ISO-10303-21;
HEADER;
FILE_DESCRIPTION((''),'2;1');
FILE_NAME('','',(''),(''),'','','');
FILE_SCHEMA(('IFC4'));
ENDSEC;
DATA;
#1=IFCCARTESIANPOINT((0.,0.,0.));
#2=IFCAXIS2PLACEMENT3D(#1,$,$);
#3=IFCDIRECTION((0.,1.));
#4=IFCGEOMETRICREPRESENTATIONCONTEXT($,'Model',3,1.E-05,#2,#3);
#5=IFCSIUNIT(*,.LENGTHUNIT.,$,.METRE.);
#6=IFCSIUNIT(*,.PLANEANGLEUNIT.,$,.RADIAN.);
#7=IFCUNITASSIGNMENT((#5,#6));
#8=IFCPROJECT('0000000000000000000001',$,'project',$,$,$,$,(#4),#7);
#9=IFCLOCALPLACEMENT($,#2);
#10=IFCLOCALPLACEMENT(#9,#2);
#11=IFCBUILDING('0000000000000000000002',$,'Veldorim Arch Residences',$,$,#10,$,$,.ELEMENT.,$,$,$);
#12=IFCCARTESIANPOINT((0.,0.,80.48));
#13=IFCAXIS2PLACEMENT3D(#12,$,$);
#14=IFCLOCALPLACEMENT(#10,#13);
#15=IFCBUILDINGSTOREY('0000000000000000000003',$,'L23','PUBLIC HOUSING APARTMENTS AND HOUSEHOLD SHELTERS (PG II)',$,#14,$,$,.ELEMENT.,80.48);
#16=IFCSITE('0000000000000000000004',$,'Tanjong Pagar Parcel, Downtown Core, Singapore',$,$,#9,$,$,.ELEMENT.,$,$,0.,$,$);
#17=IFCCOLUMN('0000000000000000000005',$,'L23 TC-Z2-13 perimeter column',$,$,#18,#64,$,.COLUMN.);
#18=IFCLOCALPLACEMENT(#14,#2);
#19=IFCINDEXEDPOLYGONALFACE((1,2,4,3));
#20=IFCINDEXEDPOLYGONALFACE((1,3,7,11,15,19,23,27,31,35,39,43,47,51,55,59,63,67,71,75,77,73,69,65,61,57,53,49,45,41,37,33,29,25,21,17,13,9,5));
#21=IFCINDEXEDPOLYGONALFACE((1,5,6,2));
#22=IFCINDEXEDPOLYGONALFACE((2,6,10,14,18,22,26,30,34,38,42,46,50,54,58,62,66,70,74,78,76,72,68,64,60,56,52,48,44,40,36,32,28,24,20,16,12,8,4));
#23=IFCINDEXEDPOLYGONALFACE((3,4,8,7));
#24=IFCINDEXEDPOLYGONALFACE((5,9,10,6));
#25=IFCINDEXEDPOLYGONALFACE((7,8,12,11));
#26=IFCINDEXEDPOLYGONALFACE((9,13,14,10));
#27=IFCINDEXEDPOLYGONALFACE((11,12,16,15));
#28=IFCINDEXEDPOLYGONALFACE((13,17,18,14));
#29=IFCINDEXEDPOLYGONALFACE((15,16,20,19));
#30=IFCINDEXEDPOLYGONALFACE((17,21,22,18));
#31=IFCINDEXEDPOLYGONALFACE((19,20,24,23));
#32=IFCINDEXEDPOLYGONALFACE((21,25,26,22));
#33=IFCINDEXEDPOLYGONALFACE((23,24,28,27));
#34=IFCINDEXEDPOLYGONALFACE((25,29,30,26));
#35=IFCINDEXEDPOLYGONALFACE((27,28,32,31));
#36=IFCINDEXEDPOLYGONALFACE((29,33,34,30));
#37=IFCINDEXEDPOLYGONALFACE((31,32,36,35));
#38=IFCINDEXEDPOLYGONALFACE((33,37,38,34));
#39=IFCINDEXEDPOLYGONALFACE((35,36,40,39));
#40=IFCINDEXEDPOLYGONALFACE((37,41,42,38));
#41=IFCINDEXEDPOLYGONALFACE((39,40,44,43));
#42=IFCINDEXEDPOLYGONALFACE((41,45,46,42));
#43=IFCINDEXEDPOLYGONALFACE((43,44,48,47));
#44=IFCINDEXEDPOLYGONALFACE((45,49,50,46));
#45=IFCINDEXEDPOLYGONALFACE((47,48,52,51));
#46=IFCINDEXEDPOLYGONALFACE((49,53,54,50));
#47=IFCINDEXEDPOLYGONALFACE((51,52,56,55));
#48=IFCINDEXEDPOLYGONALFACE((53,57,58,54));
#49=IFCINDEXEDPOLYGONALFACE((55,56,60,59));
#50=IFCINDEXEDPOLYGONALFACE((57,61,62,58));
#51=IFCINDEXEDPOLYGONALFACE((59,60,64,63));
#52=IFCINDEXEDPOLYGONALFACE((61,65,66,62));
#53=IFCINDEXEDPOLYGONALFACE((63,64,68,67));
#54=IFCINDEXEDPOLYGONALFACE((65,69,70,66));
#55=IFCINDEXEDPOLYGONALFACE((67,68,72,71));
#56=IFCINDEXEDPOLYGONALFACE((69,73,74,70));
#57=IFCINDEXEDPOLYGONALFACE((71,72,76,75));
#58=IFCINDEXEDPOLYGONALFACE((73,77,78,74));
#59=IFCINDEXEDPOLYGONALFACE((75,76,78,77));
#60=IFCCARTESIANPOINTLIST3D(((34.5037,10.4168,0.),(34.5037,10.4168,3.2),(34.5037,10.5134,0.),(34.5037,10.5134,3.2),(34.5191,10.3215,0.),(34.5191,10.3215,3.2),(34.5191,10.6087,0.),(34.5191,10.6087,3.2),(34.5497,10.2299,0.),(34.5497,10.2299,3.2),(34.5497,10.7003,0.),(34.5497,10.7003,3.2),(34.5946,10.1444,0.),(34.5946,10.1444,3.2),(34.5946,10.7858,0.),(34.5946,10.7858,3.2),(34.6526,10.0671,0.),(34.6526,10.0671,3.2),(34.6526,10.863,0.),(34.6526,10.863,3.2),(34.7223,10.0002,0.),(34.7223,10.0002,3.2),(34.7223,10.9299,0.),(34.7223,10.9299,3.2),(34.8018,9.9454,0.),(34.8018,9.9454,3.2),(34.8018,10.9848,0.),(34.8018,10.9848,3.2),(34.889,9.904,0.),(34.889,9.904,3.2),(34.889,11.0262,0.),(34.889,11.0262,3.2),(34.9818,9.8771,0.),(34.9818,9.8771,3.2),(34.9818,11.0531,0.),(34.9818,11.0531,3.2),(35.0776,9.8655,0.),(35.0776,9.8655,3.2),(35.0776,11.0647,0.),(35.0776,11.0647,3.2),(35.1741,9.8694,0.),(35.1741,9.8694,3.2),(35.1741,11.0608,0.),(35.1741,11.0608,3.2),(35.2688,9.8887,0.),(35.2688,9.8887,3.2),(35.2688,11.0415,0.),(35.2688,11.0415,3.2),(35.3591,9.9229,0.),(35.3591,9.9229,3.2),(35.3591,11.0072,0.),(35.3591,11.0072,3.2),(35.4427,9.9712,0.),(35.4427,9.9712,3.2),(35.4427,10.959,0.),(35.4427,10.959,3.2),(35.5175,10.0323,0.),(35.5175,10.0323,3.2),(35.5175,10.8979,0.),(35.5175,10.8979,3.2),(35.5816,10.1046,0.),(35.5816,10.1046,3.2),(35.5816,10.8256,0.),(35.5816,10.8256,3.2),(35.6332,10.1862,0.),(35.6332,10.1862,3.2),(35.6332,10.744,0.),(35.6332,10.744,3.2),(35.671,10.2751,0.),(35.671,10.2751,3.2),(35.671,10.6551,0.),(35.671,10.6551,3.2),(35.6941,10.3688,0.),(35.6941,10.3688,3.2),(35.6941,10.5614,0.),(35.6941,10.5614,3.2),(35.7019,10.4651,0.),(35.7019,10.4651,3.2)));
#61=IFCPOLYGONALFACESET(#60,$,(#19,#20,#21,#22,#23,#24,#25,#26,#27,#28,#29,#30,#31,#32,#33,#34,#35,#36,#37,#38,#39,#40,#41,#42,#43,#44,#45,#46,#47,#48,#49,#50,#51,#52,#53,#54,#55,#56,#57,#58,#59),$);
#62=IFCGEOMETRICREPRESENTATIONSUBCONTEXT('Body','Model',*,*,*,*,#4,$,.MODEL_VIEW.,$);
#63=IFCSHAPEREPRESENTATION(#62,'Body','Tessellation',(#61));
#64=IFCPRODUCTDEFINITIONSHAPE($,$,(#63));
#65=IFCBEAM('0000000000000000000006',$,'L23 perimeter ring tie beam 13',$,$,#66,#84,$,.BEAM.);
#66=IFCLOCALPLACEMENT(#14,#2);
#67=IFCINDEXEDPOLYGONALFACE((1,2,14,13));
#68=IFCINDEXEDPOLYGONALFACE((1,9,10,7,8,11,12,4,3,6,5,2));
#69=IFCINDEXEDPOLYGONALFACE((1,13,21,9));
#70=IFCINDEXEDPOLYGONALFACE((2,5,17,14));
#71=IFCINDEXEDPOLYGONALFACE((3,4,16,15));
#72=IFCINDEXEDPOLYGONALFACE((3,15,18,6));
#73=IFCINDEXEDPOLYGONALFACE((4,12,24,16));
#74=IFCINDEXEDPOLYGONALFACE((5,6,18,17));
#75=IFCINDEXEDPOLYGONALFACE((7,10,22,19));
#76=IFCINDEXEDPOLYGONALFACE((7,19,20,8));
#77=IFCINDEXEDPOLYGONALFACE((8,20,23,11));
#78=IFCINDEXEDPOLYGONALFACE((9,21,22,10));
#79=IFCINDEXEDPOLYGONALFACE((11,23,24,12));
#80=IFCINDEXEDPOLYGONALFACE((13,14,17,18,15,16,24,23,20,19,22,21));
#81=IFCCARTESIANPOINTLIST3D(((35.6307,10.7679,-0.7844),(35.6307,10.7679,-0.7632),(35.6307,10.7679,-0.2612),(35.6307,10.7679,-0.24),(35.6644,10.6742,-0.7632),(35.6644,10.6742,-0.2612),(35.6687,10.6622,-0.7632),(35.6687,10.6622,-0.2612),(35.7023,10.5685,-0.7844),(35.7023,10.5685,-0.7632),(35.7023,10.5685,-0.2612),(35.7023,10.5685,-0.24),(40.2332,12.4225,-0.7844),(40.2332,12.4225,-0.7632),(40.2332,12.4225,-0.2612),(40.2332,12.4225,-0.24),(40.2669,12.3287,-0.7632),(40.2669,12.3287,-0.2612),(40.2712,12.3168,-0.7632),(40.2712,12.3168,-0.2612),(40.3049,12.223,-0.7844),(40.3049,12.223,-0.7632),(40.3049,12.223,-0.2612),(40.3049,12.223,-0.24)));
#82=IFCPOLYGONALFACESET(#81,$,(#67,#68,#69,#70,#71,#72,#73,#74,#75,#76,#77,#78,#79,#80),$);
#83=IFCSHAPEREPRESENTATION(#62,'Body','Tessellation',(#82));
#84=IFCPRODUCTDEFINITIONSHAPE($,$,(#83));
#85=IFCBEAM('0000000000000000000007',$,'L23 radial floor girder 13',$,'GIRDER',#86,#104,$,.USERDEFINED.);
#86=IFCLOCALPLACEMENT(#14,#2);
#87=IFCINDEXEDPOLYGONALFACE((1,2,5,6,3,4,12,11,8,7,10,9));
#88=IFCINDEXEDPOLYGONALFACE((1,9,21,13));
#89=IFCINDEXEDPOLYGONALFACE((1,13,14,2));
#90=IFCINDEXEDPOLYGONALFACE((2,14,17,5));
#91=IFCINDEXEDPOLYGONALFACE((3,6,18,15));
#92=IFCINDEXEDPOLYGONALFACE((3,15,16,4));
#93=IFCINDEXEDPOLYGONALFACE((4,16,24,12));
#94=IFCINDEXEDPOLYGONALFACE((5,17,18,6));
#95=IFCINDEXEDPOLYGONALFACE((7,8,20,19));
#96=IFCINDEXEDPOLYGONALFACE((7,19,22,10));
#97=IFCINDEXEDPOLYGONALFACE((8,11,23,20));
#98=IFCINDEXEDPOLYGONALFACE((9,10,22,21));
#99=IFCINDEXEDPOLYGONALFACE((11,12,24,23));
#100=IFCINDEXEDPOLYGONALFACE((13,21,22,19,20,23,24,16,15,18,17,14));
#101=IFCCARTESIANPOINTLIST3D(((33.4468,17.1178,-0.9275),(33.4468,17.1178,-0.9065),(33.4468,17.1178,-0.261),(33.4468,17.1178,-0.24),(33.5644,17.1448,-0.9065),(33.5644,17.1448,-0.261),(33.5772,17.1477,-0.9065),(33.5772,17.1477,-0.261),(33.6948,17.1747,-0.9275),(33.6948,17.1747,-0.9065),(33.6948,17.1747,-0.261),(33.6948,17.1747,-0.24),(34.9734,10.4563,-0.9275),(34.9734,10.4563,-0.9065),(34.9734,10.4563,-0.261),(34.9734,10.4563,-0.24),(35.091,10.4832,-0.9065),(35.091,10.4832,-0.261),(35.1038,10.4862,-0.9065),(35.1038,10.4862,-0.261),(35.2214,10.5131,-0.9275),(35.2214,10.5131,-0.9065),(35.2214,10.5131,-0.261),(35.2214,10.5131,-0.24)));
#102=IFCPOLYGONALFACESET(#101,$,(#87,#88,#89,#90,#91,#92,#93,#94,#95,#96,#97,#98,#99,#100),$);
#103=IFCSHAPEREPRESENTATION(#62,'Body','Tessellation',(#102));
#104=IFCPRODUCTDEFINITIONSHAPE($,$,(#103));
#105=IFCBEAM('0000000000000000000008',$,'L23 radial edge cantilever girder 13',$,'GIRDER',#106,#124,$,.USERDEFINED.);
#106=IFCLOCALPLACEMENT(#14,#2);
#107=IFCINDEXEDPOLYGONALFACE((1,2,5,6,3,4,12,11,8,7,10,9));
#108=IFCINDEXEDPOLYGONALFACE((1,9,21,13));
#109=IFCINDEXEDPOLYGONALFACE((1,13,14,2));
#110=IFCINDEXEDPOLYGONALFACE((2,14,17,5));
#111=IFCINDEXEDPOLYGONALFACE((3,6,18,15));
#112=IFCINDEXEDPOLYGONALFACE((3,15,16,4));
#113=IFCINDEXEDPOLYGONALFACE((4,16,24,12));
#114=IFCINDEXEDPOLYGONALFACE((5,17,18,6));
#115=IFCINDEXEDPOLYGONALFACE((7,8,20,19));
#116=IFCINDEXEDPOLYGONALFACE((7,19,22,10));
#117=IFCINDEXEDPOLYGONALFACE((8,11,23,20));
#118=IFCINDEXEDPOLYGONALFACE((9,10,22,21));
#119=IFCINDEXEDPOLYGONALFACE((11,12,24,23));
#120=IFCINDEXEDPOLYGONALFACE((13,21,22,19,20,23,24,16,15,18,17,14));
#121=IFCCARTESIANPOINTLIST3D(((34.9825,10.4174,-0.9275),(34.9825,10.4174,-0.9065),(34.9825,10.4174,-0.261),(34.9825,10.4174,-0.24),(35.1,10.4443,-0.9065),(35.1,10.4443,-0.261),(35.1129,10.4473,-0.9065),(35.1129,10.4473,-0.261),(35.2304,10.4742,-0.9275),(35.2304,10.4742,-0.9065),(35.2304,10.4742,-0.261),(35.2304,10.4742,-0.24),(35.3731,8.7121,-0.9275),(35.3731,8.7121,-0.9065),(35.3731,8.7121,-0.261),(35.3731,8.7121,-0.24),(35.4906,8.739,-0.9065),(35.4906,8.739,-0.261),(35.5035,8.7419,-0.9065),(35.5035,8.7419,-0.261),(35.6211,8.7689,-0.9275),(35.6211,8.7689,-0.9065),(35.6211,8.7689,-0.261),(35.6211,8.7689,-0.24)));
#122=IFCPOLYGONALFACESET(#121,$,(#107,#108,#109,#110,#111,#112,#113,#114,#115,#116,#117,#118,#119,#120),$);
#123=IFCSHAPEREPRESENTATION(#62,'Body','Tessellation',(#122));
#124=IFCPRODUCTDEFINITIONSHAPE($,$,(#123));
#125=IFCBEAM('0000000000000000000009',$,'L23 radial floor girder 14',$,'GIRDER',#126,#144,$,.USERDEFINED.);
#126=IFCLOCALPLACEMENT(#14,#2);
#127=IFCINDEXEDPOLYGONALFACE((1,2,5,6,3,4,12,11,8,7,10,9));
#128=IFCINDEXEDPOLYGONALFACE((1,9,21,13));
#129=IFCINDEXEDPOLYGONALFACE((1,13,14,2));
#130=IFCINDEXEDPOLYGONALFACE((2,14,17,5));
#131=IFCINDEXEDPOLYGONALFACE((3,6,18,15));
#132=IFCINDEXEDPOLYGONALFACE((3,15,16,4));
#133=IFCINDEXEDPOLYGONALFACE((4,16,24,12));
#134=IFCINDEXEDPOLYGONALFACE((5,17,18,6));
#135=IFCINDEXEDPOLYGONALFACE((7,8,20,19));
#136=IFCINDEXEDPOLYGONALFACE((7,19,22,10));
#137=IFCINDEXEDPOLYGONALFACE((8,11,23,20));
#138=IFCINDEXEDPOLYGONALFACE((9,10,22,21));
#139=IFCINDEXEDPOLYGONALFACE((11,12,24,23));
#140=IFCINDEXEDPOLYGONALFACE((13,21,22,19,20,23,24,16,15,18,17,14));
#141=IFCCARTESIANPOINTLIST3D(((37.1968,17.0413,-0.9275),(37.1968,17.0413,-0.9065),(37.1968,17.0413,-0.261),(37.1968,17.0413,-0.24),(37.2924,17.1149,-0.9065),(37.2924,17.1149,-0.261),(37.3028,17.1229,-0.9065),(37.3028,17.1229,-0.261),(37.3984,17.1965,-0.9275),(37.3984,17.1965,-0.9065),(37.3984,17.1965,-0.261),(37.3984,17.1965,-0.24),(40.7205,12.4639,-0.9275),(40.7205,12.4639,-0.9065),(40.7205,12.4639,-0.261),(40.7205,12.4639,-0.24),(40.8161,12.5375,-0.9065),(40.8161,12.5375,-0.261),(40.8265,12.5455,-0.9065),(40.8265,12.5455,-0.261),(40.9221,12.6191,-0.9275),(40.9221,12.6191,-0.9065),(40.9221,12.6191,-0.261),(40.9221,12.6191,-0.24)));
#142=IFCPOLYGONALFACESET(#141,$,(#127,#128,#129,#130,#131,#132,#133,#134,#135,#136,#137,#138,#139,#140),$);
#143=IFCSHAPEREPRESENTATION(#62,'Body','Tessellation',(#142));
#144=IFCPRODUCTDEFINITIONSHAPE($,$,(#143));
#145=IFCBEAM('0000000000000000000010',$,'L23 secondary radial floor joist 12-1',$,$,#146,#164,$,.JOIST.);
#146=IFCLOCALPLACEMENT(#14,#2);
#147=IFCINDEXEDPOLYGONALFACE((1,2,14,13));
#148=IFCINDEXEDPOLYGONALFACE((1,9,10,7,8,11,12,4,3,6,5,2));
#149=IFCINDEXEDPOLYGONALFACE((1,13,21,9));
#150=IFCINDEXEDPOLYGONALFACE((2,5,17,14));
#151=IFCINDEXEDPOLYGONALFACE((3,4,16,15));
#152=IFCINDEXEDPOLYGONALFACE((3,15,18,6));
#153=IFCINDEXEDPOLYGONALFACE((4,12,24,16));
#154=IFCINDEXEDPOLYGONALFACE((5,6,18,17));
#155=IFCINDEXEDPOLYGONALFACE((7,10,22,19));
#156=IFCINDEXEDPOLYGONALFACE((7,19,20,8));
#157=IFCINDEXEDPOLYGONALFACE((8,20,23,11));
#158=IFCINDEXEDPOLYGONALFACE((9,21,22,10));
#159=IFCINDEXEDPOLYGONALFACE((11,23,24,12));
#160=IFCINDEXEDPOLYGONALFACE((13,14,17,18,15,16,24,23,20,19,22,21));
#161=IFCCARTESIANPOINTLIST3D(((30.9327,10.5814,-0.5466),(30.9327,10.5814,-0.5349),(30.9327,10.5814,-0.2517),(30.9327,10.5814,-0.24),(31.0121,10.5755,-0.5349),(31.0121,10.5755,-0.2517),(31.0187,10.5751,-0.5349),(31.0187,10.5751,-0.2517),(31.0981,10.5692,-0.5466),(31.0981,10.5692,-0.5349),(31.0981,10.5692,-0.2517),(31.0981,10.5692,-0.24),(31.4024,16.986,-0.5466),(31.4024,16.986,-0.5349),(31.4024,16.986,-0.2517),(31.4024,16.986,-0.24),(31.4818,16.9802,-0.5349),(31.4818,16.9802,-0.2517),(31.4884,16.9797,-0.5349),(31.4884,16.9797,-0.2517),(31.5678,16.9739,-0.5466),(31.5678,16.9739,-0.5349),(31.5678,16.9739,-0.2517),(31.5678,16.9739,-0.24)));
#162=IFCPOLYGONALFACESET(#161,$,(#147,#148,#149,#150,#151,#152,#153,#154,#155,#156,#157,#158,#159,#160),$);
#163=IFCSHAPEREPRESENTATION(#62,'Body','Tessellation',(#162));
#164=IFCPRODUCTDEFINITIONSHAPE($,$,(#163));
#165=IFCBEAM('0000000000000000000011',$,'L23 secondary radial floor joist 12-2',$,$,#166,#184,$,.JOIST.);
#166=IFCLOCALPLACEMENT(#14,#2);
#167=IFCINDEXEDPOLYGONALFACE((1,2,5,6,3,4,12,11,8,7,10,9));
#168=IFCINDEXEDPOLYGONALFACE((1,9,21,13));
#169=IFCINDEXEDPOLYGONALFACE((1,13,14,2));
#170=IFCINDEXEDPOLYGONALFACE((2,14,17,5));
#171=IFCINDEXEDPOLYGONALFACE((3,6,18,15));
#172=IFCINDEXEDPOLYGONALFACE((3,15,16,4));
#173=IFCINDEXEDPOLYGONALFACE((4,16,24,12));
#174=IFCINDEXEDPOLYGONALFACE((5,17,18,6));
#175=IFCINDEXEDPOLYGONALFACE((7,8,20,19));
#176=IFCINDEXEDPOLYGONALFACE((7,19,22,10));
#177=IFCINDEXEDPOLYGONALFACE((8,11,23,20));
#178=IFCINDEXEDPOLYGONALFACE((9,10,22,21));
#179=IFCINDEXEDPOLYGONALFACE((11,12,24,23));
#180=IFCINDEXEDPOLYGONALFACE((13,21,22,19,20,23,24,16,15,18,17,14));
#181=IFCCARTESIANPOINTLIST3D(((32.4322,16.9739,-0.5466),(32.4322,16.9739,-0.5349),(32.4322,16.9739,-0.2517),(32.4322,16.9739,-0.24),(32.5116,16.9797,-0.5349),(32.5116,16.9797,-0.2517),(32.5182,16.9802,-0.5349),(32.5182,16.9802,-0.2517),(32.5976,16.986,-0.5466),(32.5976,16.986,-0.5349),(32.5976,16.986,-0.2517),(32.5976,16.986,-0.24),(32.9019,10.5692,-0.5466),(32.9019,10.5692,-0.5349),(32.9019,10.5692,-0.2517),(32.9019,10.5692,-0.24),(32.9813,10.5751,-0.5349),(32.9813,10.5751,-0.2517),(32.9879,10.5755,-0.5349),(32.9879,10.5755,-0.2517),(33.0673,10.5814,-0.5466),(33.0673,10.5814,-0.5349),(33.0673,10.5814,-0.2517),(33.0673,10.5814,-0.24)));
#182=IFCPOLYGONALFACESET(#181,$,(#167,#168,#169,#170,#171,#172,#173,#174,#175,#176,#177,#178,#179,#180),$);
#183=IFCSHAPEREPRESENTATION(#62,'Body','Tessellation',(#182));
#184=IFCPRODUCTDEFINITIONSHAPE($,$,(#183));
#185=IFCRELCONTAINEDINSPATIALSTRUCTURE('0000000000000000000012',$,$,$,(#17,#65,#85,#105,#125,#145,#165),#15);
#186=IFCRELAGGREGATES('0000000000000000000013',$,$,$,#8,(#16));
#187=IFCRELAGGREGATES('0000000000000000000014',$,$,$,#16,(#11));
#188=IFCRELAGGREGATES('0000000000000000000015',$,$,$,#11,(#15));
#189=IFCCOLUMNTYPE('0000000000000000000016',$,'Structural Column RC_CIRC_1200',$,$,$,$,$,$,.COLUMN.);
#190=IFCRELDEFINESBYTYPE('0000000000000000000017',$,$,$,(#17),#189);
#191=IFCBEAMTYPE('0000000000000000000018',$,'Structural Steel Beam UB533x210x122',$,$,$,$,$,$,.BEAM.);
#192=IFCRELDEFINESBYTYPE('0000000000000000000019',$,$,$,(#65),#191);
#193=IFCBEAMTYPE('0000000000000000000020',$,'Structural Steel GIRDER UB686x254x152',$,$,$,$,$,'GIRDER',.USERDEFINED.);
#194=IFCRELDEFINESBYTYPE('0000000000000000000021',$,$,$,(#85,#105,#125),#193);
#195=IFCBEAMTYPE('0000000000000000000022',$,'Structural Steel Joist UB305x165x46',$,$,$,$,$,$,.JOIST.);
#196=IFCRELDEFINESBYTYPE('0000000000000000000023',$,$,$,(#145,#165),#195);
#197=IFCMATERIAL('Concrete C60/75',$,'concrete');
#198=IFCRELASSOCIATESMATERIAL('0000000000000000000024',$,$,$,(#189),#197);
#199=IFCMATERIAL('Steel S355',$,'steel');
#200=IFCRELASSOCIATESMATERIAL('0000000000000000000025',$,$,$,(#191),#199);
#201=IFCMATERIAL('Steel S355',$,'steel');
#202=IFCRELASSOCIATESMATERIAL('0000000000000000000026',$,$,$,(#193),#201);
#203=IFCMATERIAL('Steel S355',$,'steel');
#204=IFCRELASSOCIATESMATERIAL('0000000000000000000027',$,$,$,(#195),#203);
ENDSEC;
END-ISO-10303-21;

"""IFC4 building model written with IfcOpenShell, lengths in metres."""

from ifc_helpers import new_model, si_unit, direction, frame, origin, origin_2d, place, context, subcontext, project, spatial, circle, i_section, extrude, material, material_profile, profile_set, type_object, element, save


model = new_model("IFC4")

# Units and contexts
model_context = context("Model", 3, precision=1e-05, world=origin(), true_north=direction((0.0, 1.0)))
body_context = subcontext(model_context, "Body", "Model", "MODEL_VIEW")
ifc_project = project(units=[si_unit("LENGTHUNIT", "METRE"), si_unit("PLANEANGLEUNIT", "RADIAN")], contexts=[model_context])

# Site, building, storey
site_placement = place(None, origin())
site = spatial("IfcSite", under=ifc_project, at=site_placement, Name="Tanjong Pagar Parcel, Downtown Core, Singapore", CompositionType="ELEMENT", RefElevation=0.0)
building_placement = place(site_placement, origin())
building = spatial("IfcBuilding", under=site, at=building_placement, Name="Veldorim Arch Residences", CompositionType="ELEMENT")
storey_placement = place(building_placement, frame((0.0, 0.0, 80.48)))
storey = spatial("IfcBuildingStorey", under=building, at=storey_placement, Name="L23", Description="PUBLIC HOUSING APARTMENTS AND HOUSEHOLD SHELTERS (PG II)", CompositionType="ELEMENT", Elevation=80.48)

# Column
ifc_material_1 = material(Name="Concrete C60/75", Category="concrete")
ifc_material_profile_1 = material_profile(ifc_material_1, circle(Radius=0.6001, at=origin_2d()), Name="RC_CIRC_1200")
ifc_profile_set_1 = profile_set([ifc_material_profile_1], Name="Concrete C60/75")
column_type = type_object("IfcColumnType", Name="Structural Column RC_CIRC_1200", PredefinedType="COLUMN", material=ifc_profile_set_1)
column_placement = place(storey_placement, frame((35.1018, 10.4651, 0.0), z_axis=(0.0, 0.0, 1.0), x_axis=(1.0, 0.0, 0.0)))
element("IfcColumn", 1, at=column_placement, inside=storey, type_object=column_type, Name="L23 TC-Z2-13 perimeter column", PredefinedType="COLUMN", context=body_context, shape_type="SweptSolid", body=[
    extrude(circle(Radius=0.6001, at=origin_2d()), origin(), (0.0, 0.0, 1.0), 3.2),
])

# Beams
ifc_material_2 = material(Name="Steel S355", Category="steel")
ifc_material_profile_2 = material_profile(ifc_material_2, i_section(OverallWidth=0.2119, OverallDepth=0.5444, WebThickness=0.0127, FlangeThickness=0.0212, at=origin_2d()), Name="UB533x210x122")
ifc_profile_set_2 = profile_set([ifc_material_profile_2], Name="Steel S355")
beam_type_1 = type_object("IfcBeamType", Name="Structural Steel Beam UB533x210x122", PredefinedType="BEAM", material=ifc_profile_set_2)
beam_1_placement = place(storey_placement, frame((35.6665, 10.6682, -0.5122), z_axis=(0.941042, 0.33829, 0.0), x_axis=(-0.33829, 0.941042, 0.0)))
element("IfcBeam", 2, at=beam_1_placement, inside=storey, type_object=beam_type_1, Name="L23 perimeter ring tie beam 13", PredefinedType="BEAM", context=body_context, shape_type="SweptSolid", body=[
    extrude(i_section(OverallWidth=0.2119, OverallDepth=0.5444, WebThickness=0.0127, FlangeThickness=0.0212, at=origin_2d()), origin(), (0.0, 0.0, 1.0), 4.8909),
])
ifc_material_3 = material(Name="Steel S355", Category="steel")
ifc_material_profile_3 = material_profile(ifc_material_3, i_section(OverallWidth=0.2544, OverallDepth=0.6875, WebThickness=0.0132, FlangeThickness=0.021, at=origin_2d()), Name="UB686x254x152")
ifc_profile_set_3 = profile_set([ifc_material_profile_3], Name="Steel S355")
beam_type_2 = type_object("IfcBeamType", Name="Structural Steel GIRDER UB686x254x152", ElementType="GIRDER", PredefinedType="USERDEFINED", material=ifc_profile_set_3)
beam_2_placement = place(storey_placement, frame((33.5708, 17.1462, -0.5837), z_axis=(0.223375, -0.974733, 0.0), x_axis=(0.974733, 0.223375, 0.0)))
element("IfcBeam", 3, at=beam_2_placement, inside=storey, type_object=beam_type_2, Name="L23 radial floor girder 13", ObjectType="GIRDER", PredefinedType="USERDEFINED", context=body_context, shape_type="SweptSolid", body=[
    extrude(i_section(OverallWidth=0.2544, OverallDepth=0.6875, WebThickness=0.0132, FlangeThickness=0.021, at=origin_2d()), origin(), (0.0, 0.0, 1.0), 6.8342),
])
beam_3_placement = place(storey_placement, frame((35.1064, 10.4458, -0.5837), z_axis=(0.223279, -0.974754, 0.0), x_axis=(0.974754, 0.223279, 0.0)))
element("IfcBeam", 4, at=beam_3_placement, inside=storey, type_object=beam_type_2, Name="L23 radial edge cantilever girder 13", ObjectType="GIRDER", PredefinedType="USERDEFINED", context=body_context, shape_type="SweptSolid", body=[
    extrude(i_section(OverallWidth=0.2544, OverallDepth=0.6875, WebThickness=0.0132, FlangeThickness=0.021, at=origin_2d()), origin(), (0.0, 0.0, 1.0), 1.7495),
])
beam_4_placement = place(storey_placement, frame((37.2976, 17.1189, -0.5837), z_axis=(0.609995, -0.792406, 0.0), x_axis=(0.792406, 0.609995, 0.0)))
element("IfcBeam", 5, at=beam_4_placement, inside=storey, type_object=beam_type_2, Name="L23 radial floor girder 14", ObjectType="GIRDER", PredefinedType="USERDEFINED", context=body_context, shape_type="SweptSolid", body=[
    extrude(i_section(OverallWidth=0.2544, OverallDepth=0.6875, WebThickness=0.0132, FlangeThickness=0.021, at=origin_2d()), origin(), (0.0, 0.0, 1.0), 5.7766),
])
ifc_material_4 = material(Name="Steel S355", Category="steel")
ifc_material_profile_4 = material_profile(ifc_material_4, i_section(OverallWidth=0.1658, OverallDepth=0.3066, WebThickness=0.0066, FlangeThickness=0.0117, at=origin_2d()), Name="UB305x165x46")
ifc_profile_set_4 = profile_set([ifc_material_profile_4], Name="Steel S355")
beam_type_3 = type_object("IfcBeamType", Name="Structural Steel Joist UB305x165x46", PredefinedType="JOIST", material=ifc_profile_set_4)
for number, where, z_axis, x_axis, name in (
    (6, (31.4851, 16.98, -0.3933), (-0.073143, -0.997321, 0.0), (0.997321, -0.073143, 0.0), "L23 secondary radial floor joist 12-1"),
    (7, (32.5149, 16.98, -0.3933), (0.073143, -0.997321, 0.0), (0.997321, 0.073143, 0.0), "L23 secondary radial floor joist 12-2"),
):
    element("IfcBeam", number, at=place(storey_placement, frame(where, z_axis=z_axis, x_axis=x_axis)), inside=storey, type_object=beam_type_3, Name=name, PredefinedType="JOIST", context=body_context, shape_type="SweptSolid", body=[
        extrude(i_section(OverallWidth=0.1658, OverallDepth=0.3066, WebThickness=0.0066, FlangeThickness=0.0117, at=origin_2d()), origin(), (0.0, 0.0, 1.0), 6.4219),
    ])

save(model, "model.ifc")
